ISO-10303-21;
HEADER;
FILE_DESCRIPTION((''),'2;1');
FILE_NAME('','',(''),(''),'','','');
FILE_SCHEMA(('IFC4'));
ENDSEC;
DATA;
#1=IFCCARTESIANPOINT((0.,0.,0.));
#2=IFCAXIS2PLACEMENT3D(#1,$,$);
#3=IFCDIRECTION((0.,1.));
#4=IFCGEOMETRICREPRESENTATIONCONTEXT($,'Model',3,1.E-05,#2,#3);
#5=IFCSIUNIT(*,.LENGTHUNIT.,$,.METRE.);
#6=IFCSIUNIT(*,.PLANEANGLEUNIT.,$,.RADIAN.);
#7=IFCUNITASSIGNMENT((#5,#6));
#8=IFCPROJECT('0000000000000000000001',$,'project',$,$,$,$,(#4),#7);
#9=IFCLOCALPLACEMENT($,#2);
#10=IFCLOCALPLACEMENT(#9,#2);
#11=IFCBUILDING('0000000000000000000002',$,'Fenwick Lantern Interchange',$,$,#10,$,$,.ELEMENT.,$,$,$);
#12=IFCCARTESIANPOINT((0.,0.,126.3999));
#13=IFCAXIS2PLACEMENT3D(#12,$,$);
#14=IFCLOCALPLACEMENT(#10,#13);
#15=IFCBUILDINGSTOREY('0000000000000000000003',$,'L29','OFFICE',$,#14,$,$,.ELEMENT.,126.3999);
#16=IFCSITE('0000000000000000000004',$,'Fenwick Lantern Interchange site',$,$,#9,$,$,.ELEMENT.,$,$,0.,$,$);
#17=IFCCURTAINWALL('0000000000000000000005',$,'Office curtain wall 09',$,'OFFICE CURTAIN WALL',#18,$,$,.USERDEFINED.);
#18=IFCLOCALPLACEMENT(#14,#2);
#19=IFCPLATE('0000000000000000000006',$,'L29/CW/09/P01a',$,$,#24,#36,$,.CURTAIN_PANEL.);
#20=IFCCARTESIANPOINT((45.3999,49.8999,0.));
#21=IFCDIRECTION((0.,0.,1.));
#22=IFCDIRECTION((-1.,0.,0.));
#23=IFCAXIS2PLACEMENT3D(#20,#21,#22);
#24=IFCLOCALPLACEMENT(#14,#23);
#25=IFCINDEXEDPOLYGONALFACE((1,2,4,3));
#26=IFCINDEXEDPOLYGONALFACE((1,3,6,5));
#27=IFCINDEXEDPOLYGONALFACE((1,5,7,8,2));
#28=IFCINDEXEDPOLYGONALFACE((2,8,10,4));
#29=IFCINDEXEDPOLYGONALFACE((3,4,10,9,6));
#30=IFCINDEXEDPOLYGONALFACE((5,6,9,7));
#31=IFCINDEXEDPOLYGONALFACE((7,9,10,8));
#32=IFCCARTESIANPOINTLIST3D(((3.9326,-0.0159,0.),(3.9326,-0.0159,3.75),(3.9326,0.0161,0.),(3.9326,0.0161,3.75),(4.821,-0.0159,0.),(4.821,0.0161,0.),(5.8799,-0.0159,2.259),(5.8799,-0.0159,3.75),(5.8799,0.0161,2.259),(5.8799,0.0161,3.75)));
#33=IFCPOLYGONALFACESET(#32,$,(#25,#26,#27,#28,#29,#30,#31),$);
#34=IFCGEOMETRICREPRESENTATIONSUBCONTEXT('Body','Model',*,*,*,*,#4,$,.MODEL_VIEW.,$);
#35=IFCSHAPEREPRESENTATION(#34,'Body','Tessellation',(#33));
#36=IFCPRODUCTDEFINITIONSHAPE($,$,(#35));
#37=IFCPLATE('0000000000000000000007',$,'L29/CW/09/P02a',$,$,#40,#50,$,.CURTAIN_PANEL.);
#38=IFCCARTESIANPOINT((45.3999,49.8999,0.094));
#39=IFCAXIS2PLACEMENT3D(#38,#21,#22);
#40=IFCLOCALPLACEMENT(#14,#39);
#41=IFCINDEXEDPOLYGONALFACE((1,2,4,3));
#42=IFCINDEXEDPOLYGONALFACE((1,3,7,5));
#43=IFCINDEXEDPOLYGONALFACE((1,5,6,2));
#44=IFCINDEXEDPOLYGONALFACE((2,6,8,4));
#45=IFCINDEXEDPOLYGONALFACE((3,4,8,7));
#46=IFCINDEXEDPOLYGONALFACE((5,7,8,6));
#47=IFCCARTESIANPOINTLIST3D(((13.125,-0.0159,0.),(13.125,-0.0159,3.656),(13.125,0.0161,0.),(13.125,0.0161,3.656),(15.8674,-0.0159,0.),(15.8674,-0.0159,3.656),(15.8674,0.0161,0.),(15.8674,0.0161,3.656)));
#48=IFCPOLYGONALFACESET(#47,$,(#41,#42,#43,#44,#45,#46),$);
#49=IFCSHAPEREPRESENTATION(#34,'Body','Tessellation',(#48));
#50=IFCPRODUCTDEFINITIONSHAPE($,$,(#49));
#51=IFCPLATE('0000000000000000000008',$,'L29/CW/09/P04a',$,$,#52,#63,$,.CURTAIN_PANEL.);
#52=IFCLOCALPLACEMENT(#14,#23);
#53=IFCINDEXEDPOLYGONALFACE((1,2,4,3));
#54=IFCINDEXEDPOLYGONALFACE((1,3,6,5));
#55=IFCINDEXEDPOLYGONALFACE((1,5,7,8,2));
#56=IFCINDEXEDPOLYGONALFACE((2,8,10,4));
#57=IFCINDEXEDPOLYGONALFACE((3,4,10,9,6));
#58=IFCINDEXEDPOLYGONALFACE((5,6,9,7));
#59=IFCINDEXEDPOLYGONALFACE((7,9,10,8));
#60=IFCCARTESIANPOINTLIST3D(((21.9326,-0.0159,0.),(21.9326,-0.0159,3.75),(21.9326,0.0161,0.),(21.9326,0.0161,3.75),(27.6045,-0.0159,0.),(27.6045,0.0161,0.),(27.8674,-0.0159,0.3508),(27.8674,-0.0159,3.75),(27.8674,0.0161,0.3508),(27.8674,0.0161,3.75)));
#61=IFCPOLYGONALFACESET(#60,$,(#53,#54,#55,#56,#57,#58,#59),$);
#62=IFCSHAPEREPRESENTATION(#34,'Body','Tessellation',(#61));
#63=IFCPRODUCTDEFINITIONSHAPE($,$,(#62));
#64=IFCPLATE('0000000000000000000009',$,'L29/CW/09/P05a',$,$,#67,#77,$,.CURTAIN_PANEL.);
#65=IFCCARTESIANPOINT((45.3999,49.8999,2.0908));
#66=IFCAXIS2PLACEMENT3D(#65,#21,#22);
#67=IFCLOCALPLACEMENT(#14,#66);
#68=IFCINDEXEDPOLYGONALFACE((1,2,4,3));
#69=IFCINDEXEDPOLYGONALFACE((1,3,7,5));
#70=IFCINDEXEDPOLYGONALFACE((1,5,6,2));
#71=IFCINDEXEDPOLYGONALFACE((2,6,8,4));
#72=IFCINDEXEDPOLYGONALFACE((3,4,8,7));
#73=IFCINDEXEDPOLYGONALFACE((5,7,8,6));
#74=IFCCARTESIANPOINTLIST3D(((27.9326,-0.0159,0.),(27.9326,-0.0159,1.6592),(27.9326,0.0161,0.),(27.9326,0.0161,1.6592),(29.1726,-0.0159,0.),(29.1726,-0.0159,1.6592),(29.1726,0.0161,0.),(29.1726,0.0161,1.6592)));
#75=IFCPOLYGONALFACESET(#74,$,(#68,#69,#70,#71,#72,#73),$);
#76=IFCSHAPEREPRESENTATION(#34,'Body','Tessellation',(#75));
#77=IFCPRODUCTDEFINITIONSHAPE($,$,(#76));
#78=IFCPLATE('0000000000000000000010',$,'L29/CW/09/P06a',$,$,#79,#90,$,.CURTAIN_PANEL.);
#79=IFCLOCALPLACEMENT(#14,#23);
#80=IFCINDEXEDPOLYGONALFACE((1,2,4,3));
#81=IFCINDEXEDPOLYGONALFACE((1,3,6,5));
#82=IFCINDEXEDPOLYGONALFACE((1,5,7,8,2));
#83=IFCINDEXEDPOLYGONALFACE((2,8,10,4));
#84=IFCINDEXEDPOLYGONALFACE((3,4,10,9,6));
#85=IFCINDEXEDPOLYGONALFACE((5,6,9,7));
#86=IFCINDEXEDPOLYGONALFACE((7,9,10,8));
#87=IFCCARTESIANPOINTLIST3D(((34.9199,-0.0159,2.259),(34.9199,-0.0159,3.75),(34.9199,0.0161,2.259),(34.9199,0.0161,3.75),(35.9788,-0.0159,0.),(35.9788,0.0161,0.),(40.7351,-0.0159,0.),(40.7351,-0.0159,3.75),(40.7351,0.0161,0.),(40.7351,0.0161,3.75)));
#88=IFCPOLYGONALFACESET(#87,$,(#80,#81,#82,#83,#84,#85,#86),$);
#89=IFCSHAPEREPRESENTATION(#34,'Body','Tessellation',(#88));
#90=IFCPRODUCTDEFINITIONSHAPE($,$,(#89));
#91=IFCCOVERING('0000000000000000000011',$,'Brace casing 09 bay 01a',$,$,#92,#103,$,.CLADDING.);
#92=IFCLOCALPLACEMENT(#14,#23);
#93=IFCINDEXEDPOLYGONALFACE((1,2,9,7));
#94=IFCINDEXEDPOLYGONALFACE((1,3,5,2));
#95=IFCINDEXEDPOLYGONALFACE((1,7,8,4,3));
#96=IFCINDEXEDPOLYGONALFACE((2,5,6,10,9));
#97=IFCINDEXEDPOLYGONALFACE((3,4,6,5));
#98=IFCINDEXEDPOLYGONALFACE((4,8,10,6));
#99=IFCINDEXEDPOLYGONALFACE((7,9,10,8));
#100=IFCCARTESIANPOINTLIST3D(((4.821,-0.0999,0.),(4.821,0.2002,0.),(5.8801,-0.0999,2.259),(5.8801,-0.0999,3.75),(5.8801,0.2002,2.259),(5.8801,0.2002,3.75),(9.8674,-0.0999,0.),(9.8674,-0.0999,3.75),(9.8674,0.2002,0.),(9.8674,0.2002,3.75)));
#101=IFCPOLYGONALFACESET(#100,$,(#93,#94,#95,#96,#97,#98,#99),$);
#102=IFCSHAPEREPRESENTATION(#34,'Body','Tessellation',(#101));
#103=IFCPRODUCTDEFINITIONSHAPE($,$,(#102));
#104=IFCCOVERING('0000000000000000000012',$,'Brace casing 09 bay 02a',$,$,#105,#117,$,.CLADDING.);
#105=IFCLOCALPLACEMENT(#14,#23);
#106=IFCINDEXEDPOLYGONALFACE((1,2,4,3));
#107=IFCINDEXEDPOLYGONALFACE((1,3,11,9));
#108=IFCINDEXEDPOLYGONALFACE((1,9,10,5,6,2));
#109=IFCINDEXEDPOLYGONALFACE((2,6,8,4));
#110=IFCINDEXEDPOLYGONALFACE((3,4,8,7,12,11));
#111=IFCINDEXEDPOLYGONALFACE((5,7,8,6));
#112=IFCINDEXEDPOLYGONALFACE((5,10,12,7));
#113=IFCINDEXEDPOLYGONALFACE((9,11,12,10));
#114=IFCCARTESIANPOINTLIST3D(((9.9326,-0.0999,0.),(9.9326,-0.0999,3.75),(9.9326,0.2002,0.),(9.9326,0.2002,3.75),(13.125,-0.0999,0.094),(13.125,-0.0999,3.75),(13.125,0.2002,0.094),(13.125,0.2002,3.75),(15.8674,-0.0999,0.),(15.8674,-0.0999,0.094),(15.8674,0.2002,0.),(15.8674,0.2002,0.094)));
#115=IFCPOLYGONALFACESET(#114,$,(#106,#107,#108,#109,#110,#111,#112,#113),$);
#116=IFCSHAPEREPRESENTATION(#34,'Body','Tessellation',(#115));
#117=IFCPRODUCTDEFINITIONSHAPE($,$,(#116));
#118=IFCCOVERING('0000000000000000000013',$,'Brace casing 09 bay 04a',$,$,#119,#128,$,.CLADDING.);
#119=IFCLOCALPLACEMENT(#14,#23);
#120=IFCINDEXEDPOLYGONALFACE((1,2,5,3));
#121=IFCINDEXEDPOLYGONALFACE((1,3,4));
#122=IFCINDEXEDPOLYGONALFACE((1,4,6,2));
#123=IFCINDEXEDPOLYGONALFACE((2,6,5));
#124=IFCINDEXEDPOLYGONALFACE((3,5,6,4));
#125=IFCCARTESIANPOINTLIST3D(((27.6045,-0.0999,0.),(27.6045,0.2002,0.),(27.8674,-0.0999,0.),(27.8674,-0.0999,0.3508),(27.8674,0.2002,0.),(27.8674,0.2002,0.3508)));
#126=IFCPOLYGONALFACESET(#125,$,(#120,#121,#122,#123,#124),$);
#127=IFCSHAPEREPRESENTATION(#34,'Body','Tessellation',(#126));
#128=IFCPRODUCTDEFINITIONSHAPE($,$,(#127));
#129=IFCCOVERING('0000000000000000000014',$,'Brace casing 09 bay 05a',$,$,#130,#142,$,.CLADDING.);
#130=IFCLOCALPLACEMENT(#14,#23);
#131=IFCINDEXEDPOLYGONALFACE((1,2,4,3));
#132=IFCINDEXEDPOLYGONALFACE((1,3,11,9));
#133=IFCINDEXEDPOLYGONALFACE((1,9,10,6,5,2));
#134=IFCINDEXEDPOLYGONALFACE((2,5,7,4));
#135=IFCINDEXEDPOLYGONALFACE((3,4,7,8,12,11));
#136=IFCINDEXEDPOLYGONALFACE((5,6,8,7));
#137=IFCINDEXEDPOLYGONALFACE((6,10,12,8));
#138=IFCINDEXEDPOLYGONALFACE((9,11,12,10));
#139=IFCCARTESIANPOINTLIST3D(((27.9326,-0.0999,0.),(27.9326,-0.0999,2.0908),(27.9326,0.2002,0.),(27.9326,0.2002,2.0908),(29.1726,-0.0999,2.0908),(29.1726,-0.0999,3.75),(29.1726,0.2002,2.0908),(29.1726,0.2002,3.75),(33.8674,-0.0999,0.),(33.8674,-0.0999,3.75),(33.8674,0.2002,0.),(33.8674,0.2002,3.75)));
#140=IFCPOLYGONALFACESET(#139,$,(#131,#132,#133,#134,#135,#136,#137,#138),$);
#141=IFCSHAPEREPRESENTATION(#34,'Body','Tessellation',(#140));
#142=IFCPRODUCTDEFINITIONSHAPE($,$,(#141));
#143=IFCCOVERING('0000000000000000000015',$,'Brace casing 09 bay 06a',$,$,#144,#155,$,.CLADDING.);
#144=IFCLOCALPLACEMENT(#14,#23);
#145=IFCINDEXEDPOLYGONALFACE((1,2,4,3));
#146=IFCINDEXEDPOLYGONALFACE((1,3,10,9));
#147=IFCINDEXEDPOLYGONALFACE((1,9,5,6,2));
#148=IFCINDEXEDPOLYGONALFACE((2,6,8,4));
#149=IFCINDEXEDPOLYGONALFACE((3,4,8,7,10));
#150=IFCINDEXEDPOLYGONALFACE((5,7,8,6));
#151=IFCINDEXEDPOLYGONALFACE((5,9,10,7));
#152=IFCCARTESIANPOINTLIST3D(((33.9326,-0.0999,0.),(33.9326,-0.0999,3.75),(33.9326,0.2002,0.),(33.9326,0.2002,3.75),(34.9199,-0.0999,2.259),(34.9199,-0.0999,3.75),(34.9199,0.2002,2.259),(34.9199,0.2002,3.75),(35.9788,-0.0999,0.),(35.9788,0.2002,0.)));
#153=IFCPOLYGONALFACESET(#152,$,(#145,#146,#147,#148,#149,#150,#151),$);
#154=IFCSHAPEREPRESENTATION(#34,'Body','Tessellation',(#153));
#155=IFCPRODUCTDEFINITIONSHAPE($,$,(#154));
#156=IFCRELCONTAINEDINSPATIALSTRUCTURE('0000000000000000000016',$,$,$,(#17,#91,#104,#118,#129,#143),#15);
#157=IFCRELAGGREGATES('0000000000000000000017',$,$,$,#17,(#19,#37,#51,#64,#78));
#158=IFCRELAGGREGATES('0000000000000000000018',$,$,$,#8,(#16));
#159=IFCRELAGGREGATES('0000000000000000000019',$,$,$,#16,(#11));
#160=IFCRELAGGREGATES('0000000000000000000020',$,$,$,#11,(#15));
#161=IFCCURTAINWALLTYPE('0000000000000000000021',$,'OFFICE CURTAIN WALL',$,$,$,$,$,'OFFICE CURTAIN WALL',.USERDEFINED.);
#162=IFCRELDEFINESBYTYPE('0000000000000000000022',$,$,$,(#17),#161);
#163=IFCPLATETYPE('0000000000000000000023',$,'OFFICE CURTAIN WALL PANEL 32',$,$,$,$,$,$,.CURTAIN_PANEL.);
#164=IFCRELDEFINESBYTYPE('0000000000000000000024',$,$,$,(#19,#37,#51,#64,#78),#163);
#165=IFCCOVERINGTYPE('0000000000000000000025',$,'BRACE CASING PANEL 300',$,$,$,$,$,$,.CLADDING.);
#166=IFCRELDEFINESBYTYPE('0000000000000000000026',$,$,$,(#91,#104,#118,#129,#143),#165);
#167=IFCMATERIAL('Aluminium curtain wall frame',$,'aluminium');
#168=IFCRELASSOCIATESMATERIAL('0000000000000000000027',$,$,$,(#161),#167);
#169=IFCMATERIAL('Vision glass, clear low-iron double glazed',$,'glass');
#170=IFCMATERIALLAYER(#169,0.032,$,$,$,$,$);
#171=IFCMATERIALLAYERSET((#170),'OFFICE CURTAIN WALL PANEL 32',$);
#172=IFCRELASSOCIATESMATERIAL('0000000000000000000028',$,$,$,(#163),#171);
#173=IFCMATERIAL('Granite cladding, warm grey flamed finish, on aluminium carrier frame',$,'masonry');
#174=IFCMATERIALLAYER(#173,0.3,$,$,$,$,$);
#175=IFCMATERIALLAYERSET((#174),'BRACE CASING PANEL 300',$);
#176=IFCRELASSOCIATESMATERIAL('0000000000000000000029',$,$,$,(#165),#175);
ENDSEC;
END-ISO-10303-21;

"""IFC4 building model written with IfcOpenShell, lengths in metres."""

from ifc_helpers import new_model, si_unit, direction, frame, origin, place, context, subcontext, project, spatial, polyline, outline, extrude, material, layer, layer_set, type_object, element, aggregate, save


model = new_model("IFC4")

# Units and contexts
model_context = context("Model", 3, precision=1e-05, world=origin(), true_north=direction((0.0, 1.0)))
body_context = subcontext(model_context, "Body", "Model", "MODEL_VIEW")
ifc_project = project(units=[si_unit("LENGTHUNIT", "METRE"), si_unit("PLANEANGLEUNIT", "RADIAN")], contexts=[model_context])

# Site, building, storey
site_placement = place(None, origin())
site = spatial("IfcSite", under=ifc_project, at=site_placement, Name="Fenwick Lantern Interchange site", CompositionType="ELEMENT", RefElevation=0.0)
building_placement = place(site_placement, origin())
building = spatial("IfcBuilding", under=site, at=building_placement, Name="Fenwick Lantern Interchange", CompositionType="ELEMENT")
storey_placement = place(building_placement, frame((0.0, 0.0, 126.3999)))
storey = spatial("IfcBuildingStorey", under=building, at=storey_placement, Name="L29", Description="OFFICE", CompositionType="ELEMENT", Elevation=126.3999)

# Shared definitions
ifc_material_1 = material(Name="Aluminium curtain wall frame", Category="aluminium")
curtain_wall_type = type_object("IfcCurtainWallType", Name="OFFICE CURTAIN WALL", ElementType="OFFICE CURTAIN WALL", PredefinedType="USERDEFINED", material=ifc_material_1)

# Curtain wall
curtain_wall_1_placement = place(storey_placement, origin())
curtain_wall_1 = element("IfcCurtainWall", 1, at=curtain_wall_1_placement, inside=storey, type_object=curtain_wall_type, Name="Office curtain wall 09", ObjectType="OFFICE CURTAIN WALL", PredefinedType="USERDEFINED")

# Plates
ifc_material_2 = material(Name="Vision glass, clear low-iron double glazed", Category="glass")
ifc_layer_1 = layer(ifc_material_2, 0.032)
ifc_layer_set_1 = layer_set([ifc_layer_1], Name="OFFICE CURTAIN WALL PANEL 32")
plate_type = type_object("IfcPlateType", Name="OFFICE CURTAIN WALL PANEL 32", PredefinedType="CURTAIN_PANEL", material=ifc_layer_set_1)
plate_1_placement = place(storey_placement, frame((45.3999, 49.8999, 0.0), z_axis=(0.0, 0.0, 1.0), x_axis=(-1.0, 0.0, 0.0)))
plate_1 = element("IfcPlate", 2, at=plate_1_placement, type_object=plate_type, Name="L29/CW/09/P01a", PredefinedType="CURTAIN_PANEL", context=body_context, shape_type="SweptSolid", body=[
    extrude(outline(polyline([(3.9326, 0.0), (4.821, 0.0), (5.8799, 2.259), (5.8799, 3.75), (3.9326, 3.75), (3.9326, 0.0)])), frame((0.0, 0.0161, 0.0), z_axis=(0.0, -1.0, 0.0), x_axis=(1.0, 0.0, 0.0)), (0.0, 0.0, 1.0), 0.032),
])
plate_2_placement = place(storey_placement, frame((45.3999, 49.8999, 0.094), z_axis=(0.0, 0.0, 1.0), x_axis=(-1.0, 0.0, 0.0)))
plate_2 = element("IfcPlate", 3, at=plate_2_placement, type_object=plate_type, Name="L29/CW/09/P02a", PredefinedType="CURTAIN_PANEL", context=body_context, shape_type="SweptSolid", body=[
    extrude(outline(polyline([(13.125, 0.0), (15.8674, 0.0), (15.8674, 3.656), (13.125, 3.656), (13.125, 0.0)])), frame((0.0, 0.0161, 0.0), z_axis=(0.0, -1.0, 0.0), x_axis=(1.0, 0.0, 0.0)), (0.0, 0.0, 1.0), 0.032),
])
plate_3_placement = place(storey_placement, frame((45.3999, 49.8999, 0.0), z_axis=(0.0, 0.0, 1.0), x_axis=(-1.0, 0.0, 0.0)))
plate_3 = element("IfcPlate", 4, at=plate_3_placement, type_object=plate_type, Name="L29/CW/09/P04a", PredefinedType="CURTAIN_PANEL", context=body_context, shape_type="SweptSolid", body=[
    extrude(outline(polyline([(21.9326, 0.0), (27.6045, 0.0), (27.8674, 0.3508), (27.8674, 3.75), (21.9326, 3.75), (21.9326, 0.0)])), frame((0.0, 0.0161, 0.0), z_axis=(0.0, -1.0, 0.0), x_axis=(1.0, 0.0, 0.0)), (0.0, 0.0, 1.0), 0.032),
])
plate_4_placement = place(storey_placement, frame((45.3999, 49.8999, 2.0908), z_axis=(0.0, 0.0, 1.0), x_axis=(-1.0, 0.0, 0.0)))
plate_4 = element("IfcPlate", 5, at=plate_4_placement, type_object=plate_type, Name="L29/CW/09/P05a", PredefinedType="CURTAIN_PANEL", context=body_context, shape_type="SweptSolid", body=[
    extrude(outline(polyline([(27.9326, 0.0), (29.1726, 0.0), (29.1726, 1.6592), (27.9326, 1.6592), (27.9326, 0.0)])), frame((0.0, 0.0161, 0.0), z_axis=(0.0, -1.0, 0.0), x_axis=(1.0, 0.0, 0.0)), (0.0, 0.0, 1.0), 0.032),
])
plate_5_placement = place(storey_placement, frame((45.3999, 49.8999, 0.0), z_axis=(0.0, 0.0, 1.0), x_axis=(-1.0, 0.0, 0.0)))
plate_5 = element("IfcPlate", 6, at=plate_5_placement, type_object=plate_type, Name="L29/CW/09/P06a", PredefinedType="CURTAIN_PANEL", context=body_context, shape_type="SweptSolid", body=[
    extrude(outline(polyline([(35.9788, 0.0), (40.7351, 0.0), (40.7351, 3.75), (34.9199, 3.75), (34.9199, 2.259), (35.9788, 0.0)])), frame((0.0, 0.0161, 0.0), z_axis=(0.0, -1.0, 0.0), x_axis=(1.0, 0.0, 0.0)), (0.0, 0.0, 1.0), 0.032),
])
aggregate(curtain_wall_1, [plate_1, plate_2, plate_3, plate_4, plate_5])

# Coverings
ifc_material_3 = material(Name="Granite cladding, warm grey flamed finish, on aluminium carrier frame", Category="masonry")
ifc_layer_2 = layer(ifc_material_3, 0.3)
ifc_layer_set_2 = layer_set([ifc_layer_2], Name="BRACE CASING PANEL 300")
covering_type = type_object("IfcCoveringType", Name="BRACE CASING PANEL 300", PredefinedType="CLADDING", material=ifc_layer_set_2)
covering_1_placement = place(storey_placement, frame((45.3999, 49.8999, 0.0), z_axis=(0.0, 0.0, 1.0), x_axis=(-1.0, 0.0, 0.0)))
element("IfcCovering", 7, at=covering_1_placement, inside=storey, type_object=covering_type, Name="Brace casing 09 bay 01a", PredefinedType="CLADDING", context=body_context, shape_type="SweptSolid", body=[
    extrude(outline(polyline([(4.821, 0.0), (9.8674, 0.0), (9.8674, 3.75), (5.8801, 3.75), (5.8801, 2.259), (4.821, 0.0)])), frame((0.0, 0.2002, 0.0), z_axis=(0.0, -1.0, 0.0), x_axis=(1.0, 0.0, 0.0)), (0.0, 0.0, 1.0), 0.3),
])
covering_2_placement = place(storey_placement, frame((45.3999, 49.8999, 0.0), z_axis=(0.0, 0.0, 1.0), x_axis=(-1.0, 0.0, 0.0)))
element("IfcCovering", 8, at=covering_2_placement, inside=storey, type_object=covering_type, Name="Brace casing 09 bay 02a", PredefinedType="CLADDING", context=body_context, shape_type="SweptSolid", body=[
    extrude(outline(polyline([(9.9326, 0.0), (15.8674, 0.0), (15.8674, 0.094), (13.125, 0.094), (13.125, 3.75), (9.9326, 3.75), (9.9326, 0.0)])), frame((0.0, 0.2002, 0.0), z_axis=(0.0, -1.0, 0.0), x_axis=(1.0, 0.0, 0.0)), (0.0, 0.0, 1.0), 0.3),
])
covering_3_placement = place(storey_placement, frame((45.3999, 49.8999, 0.0), z_axis=(0.0, 0.0, 1.0), x_axis=(-1.0, 0.0, 0.0)))
element("IfcCovering", 9, at=covering_3_placement, inside=storey, type_object=covering_type, Name="Brace casing 09 bay 04a", PredefinedType="CLADDING", context=body_context, shape_type="SweptSolid", body=[
    extrude(outline(polyline([(27.6045, 0.0), (27.8674, 0.0), (27.8674, 0.3508), (27.6045, 0.0)])), frame((0.0, 0.2002, 0.0), z_axis=(0.0, -1.0, 0.0), x_axis=(1.0, 0.0, 0.0)), (0.0, 0.0, 1.0), 0.3),
])
covering_4_placement = place(storey_placement, frame((45.3999, 49.8999, 0.0), z_axis=(0.0, 0.0, 1.0), x_axis=(-1.0, 0.0, 0.0)))
element("IfcCovering", 10, at=covering_4_placement, inside=storey, type_object=covering_type, Name="Brace casing 09 bay 05a", PredefinedType="CLADDING", context=body_context, shape_type="SweptSolid", body=[
    extrude(outline(polyline([(27.9326, 0.0), (33.8674, 0.0), (33.8674, 3.75), (29.1726, 3.75), (29.1726, 2.0908), (27.9326, 2.0908), (27.9326, 0.0)])), frame((0.0, 0.2002, 0.0), z_axis=(0.0, -1.0, 0.0), x_axis=(1.0, 0.0, 0.0)), (0.0, 0.0, 1.0), 0.3),
])
covering_5_placement = place(storey_placement, frame((45.3999, 49.8999, 0.0), z_axis=(0.0, 0.0, 1.0), x_axis=(-1.0, 0.0, 0.0)))
element("IfcCovering", 11, at=covering_5_placement, inside=storey, type_object=covering_type, Name="Brace casing 09 bay 06a", PredefinedType="CLADDING", context=body_context, shape_type="SweptSolid", body=[
    extrude(outline(polyline([(33.9326, 0.0), (35.9788, 0.0), (34.9199, 2.259), (34.9199, 3.75), (33.9326, 3.75), (33.9326, 0.0)])), frame((0.0, 0.2002, 0.0), z_axis=(0.0, -1.0, 0.0), x_axis=(1.0, 0.0, 0.0)), (0.0, 0.0, 1.0), 0.3),
])

save(model, "model.ifc")
